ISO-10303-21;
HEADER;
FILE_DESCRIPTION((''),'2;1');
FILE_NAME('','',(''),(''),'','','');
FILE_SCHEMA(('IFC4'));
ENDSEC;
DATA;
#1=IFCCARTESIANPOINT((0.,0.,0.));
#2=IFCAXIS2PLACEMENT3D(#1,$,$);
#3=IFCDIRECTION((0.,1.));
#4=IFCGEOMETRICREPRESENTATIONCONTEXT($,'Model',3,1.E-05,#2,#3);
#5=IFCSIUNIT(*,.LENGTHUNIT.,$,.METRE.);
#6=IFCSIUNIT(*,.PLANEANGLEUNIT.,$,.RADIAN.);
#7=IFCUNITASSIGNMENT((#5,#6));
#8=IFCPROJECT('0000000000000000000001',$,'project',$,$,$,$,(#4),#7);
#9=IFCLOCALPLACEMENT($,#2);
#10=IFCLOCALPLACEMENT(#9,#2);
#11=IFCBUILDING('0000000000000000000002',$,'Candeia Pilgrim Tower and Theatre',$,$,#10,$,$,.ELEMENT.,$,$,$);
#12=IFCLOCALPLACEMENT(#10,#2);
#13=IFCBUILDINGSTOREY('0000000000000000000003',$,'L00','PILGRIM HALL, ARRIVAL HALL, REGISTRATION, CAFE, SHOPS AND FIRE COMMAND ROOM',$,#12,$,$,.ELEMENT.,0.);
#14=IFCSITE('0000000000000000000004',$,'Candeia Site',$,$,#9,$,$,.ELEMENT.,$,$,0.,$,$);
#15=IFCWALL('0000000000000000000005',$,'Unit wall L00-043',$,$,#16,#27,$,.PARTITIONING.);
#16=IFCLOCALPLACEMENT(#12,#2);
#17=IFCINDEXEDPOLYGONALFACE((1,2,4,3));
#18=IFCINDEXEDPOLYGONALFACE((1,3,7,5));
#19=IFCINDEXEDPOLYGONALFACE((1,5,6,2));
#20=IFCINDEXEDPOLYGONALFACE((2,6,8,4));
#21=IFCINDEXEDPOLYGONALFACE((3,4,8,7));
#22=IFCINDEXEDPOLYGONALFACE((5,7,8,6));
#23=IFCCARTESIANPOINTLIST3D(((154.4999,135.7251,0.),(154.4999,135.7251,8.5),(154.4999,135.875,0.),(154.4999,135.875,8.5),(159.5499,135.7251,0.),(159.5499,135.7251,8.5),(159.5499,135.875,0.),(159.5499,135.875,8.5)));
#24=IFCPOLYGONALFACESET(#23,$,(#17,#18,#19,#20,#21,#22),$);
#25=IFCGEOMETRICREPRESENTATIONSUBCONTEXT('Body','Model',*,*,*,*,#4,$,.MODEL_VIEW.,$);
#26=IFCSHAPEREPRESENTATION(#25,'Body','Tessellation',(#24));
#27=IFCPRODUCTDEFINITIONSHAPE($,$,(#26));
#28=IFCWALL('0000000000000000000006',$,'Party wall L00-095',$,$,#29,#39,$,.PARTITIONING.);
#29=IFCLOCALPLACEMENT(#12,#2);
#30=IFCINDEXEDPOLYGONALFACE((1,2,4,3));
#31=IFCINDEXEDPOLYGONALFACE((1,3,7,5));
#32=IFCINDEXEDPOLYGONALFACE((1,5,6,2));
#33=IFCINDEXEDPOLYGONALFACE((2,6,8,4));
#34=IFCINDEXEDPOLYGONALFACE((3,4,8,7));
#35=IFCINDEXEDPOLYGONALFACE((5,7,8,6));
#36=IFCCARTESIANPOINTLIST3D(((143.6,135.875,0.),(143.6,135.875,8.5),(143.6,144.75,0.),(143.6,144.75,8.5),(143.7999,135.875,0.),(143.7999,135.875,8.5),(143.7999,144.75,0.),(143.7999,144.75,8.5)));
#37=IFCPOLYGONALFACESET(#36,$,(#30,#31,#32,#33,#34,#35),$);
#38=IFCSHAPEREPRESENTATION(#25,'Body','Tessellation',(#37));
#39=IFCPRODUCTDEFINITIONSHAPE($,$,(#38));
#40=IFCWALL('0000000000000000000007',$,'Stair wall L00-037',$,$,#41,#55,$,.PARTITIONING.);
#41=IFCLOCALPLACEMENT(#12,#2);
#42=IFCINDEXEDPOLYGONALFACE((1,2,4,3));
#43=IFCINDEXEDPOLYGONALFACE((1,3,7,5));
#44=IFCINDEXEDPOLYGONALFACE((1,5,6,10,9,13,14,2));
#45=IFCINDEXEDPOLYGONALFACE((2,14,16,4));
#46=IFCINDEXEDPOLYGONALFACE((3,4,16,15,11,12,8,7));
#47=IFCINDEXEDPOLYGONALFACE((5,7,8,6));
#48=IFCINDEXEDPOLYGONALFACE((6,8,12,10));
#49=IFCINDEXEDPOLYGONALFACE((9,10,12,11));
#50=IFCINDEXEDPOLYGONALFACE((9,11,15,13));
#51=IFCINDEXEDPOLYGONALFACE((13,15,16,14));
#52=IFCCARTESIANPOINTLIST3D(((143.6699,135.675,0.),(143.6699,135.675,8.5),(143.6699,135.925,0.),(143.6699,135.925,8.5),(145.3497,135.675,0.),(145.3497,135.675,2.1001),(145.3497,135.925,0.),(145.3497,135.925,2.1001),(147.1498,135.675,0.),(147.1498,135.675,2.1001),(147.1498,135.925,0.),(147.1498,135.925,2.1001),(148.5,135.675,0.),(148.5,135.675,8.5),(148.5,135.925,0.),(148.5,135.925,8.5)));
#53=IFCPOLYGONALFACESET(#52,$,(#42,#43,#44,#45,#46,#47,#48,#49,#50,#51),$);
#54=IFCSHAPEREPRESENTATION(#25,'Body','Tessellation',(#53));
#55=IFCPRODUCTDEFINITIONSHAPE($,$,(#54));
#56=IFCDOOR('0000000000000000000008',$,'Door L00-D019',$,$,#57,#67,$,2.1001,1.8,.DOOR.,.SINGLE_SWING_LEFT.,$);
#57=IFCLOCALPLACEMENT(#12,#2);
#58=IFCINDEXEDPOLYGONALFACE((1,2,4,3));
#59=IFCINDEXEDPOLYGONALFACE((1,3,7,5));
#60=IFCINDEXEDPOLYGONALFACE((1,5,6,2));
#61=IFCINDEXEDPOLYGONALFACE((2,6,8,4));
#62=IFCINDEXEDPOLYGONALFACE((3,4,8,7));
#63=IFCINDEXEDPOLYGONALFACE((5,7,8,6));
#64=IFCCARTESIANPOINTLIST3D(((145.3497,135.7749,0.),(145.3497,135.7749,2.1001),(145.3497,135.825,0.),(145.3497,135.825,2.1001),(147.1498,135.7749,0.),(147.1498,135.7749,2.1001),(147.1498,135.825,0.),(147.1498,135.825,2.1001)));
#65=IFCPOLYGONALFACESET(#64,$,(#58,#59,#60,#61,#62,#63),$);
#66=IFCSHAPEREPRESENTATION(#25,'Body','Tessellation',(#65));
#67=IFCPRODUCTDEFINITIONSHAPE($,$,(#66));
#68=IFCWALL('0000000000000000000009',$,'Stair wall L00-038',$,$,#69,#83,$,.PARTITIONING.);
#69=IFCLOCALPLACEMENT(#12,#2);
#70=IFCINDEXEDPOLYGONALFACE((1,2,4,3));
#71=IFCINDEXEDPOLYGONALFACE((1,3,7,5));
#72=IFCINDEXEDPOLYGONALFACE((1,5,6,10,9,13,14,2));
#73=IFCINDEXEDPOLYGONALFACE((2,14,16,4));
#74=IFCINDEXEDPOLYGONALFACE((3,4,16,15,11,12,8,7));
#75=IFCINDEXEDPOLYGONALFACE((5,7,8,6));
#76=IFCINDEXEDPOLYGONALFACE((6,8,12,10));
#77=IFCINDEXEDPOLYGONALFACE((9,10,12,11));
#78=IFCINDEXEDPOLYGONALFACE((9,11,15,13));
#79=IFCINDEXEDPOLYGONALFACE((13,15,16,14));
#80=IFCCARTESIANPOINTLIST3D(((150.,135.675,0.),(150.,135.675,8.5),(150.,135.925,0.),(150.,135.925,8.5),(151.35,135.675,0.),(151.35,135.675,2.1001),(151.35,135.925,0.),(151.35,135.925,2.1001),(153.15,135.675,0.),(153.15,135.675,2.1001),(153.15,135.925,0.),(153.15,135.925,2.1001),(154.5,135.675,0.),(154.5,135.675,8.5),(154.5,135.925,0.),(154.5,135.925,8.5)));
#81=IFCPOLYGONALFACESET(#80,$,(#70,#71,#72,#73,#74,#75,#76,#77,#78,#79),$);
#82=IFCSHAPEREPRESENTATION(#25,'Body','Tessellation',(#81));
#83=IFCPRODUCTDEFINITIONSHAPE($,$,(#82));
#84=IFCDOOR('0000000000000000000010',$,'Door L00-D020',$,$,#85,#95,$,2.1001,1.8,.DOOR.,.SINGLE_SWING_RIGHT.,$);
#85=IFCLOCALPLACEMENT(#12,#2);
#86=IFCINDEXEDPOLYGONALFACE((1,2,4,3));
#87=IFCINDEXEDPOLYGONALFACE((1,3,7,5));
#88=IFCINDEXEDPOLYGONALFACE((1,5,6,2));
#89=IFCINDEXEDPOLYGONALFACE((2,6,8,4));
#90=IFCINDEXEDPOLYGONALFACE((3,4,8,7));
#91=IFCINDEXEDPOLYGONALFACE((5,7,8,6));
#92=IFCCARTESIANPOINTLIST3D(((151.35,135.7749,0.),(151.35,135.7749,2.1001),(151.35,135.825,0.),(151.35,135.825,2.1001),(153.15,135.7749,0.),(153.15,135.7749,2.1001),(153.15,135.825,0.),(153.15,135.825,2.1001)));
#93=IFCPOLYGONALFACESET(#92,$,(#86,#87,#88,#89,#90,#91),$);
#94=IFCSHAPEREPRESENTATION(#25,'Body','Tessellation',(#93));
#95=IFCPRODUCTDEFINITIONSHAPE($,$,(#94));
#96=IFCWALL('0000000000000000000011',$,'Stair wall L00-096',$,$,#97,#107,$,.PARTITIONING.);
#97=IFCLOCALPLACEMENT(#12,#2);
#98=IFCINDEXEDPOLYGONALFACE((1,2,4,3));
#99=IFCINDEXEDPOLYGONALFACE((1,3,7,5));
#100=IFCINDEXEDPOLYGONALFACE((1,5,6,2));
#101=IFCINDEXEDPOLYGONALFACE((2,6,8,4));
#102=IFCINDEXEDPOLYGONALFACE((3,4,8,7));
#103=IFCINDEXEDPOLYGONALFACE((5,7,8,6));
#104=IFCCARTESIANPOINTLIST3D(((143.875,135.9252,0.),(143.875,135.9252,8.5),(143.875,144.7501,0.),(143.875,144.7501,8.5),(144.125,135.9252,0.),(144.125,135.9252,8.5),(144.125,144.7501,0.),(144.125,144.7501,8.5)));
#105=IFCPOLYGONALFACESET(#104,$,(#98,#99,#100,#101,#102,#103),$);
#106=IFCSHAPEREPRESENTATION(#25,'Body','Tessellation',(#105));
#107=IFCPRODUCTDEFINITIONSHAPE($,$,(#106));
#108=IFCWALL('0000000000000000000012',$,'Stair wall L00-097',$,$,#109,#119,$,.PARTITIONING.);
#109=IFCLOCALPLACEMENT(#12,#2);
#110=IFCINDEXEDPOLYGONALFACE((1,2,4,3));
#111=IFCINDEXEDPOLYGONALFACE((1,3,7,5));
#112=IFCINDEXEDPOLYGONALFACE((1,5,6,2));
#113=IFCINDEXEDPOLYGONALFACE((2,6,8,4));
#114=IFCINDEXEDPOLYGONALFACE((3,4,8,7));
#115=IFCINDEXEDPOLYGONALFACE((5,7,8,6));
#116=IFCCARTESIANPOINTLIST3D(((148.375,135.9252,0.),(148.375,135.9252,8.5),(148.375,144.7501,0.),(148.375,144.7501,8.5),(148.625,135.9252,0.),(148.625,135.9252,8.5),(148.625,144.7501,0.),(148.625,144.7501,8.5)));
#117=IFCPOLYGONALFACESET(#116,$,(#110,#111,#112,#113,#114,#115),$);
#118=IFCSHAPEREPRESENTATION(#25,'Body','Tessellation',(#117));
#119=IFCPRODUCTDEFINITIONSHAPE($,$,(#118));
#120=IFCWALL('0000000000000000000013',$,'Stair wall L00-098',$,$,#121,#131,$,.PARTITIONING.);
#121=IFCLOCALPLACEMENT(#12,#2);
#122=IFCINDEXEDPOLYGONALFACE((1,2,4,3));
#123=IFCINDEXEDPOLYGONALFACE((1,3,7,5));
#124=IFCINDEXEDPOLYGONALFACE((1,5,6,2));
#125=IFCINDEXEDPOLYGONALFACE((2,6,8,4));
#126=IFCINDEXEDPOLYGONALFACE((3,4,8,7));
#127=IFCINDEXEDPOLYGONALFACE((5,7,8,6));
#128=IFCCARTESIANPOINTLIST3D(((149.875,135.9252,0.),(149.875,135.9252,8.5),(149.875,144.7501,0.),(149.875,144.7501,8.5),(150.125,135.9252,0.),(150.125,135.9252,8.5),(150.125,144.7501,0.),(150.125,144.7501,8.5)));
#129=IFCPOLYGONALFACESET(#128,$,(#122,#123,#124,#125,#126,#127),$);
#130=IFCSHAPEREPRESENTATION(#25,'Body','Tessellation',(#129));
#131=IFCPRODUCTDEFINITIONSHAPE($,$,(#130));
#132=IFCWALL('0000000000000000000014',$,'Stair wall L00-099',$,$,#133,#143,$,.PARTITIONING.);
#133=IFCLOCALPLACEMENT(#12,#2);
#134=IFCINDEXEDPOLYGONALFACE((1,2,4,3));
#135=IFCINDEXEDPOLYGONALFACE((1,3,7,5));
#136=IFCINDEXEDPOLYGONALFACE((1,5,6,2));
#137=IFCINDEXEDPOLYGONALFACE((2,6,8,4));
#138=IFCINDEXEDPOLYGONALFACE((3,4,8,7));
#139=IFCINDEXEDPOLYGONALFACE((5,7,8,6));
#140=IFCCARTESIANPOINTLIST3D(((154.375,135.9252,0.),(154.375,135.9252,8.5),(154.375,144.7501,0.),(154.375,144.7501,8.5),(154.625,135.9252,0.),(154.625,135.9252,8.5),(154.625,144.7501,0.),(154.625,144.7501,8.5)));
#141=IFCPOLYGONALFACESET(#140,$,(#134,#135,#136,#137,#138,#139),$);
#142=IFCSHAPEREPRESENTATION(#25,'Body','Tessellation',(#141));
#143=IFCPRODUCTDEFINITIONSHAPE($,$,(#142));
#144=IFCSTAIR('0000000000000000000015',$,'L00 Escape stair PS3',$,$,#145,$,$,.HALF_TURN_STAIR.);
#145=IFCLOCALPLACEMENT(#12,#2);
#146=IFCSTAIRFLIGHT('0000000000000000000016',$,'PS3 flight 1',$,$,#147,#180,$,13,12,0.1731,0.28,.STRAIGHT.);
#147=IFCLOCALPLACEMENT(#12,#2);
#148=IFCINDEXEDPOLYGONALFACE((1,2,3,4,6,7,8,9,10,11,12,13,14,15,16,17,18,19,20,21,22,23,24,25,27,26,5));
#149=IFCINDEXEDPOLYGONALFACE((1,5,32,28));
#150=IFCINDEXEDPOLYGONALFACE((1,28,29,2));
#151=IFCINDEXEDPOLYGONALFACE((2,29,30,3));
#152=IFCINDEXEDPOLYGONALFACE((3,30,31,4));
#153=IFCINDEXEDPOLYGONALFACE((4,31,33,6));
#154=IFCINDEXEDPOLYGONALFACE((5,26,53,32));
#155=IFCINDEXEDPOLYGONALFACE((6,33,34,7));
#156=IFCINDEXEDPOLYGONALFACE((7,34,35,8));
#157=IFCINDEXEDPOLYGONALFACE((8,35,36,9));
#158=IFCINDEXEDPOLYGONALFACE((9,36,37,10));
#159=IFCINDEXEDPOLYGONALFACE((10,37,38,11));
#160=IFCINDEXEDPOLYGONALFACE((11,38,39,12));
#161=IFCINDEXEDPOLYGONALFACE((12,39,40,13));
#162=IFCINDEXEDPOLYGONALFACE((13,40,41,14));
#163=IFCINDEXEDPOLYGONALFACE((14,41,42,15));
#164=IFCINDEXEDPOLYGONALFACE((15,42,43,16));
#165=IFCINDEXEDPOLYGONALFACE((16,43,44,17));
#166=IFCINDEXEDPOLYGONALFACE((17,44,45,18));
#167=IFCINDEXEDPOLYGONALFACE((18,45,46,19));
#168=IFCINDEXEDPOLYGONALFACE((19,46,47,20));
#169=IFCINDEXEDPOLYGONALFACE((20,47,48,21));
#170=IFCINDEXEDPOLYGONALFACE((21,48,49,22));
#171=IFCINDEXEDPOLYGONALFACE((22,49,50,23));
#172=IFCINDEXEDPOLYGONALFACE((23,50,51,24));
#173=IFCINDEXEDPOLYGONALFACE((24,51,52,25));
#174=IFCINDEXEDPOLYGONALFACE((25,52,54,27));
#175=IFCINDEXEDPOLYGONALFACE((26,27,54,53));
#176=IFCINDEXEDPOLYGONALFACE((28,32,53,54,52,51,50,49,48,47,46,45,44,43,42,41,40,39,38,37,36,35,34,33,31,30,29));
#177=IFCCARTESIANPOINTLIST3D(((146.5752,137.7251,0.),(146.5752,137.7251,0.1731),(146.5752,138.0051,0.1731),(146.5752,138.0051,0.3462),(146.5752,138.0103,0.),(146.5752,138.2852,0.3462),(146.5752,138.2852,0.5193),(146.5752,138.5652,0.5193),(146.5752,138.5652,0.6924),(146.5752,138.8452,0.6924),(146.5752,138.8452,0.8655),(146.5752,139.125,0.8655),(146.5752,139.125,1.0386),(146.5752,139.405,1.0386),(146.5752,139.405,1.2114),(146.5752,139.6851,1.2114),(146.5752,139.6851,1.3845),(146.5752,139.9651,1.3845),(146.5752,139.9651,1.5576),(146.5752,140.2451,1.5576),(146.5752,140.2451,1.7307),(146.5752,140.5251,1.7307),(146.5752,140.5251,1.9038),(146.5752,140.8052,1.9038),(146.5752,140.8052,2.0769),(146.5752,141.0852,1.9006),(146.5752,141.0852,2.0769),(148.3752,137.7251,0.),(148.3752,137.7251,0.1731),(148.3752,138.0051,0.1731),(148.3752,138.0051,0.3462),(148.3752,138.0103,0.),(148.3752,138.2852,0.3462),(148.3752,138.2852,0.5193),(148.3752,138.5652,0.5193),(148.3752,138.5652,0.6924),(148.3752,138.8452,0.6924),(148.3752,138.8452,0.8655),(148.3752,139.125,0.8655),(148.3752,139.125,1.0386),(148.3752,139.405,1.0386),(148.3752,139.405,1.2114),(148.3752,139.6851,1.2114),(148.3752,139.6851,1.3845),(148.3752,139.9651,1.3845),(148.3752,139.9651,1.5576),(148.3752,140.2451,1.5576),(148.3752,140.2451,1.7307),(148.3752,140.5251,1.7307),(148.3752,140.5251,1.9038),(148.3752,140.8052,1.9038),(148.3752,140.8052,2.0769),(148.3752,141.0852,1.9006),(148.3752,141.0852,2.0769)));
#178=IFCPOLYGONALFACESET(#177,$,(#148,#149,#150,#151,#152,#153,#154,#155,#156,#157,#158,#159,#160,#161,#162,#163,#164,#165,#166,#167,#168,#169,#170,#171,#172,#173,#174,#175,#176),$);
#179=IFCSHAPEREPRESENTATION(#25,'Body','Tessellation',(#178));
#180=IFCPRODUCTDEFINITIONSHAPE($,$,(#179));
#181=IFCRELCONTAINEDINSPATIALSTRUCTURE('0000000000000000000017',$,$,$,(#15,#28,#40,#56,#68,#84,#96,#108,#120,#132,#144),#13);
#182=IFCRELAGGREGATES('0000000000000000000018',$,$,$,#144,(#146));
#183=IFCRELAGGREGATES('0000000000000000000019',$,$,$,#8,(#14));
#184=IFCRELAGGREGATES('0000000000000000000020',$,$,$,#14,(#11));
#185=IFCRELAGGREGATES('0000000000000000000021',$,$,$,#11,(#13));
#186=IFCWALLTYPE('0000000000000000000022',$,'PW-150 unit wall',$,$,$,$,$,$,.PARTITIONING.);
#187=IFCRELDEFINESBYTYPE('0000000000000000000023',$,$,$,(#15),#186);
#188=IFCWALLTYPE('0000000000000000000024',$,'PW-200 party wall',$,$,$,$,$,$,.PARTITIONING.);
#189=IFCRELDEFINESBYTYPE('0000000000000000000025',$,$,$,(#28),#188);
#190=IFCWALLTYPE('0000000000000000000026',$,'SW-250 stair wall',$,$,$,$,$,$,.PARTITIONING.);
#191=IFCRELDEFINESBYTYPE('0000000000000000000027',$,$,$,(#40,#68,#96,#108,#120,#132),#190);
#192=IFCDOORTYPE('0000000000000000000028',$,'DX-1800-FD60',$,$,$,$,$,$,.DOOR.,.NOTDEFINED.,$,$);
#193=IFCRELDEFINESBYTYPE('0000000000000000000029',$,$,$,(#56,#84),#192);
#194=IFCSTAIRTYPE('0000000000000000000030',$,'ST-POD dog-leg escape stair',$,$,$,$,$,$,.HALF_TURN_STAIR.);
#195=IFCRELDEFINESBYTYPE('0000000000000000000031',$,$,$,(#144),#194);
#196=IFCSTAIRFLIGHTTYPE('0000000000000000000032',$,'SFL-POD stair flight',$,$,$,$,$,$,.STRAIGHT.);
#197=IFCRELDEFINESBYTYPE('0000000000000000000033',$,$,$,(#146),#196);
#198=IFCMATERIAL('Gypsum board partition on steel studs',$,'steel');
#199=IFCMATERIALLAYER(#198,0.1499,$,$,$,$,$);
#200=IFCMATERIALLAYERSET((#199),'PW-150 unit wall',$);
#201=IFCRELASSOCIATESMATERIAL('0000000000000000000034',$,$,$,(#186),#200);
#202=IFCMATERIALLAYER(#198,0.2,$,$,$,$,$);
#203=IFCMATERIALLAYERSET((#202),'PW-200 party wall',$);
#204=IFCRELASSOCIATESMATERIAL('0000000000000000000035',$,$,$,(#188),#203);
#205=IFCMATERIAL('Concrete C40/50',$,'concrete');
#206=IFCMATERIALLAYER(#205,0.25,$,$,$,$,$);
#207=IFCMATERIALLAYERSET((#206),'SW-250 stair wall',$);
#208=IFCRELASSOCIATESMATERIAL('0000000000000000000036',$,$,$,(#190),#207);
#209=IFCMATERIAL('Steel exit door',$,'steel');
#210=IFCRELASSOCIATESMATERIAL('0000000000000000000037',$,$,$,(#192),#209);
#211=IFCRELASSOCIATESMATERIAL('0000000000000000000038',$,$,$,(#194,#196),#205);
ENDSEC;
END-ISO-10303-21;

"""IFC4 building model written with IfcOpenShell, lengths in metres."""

from ifc_helpers import new_model, si_unit, direction, frame, frame_2d, origin, place, context, subcontext, project, spatial, polyline, rectangle, outline, extrude, material, layer, layer_set, type_object, element, fill, aggregate, save


model = new_model("IFC4")

# Units and contexts
model_context = context("Model", 3, precision=1e-05, world=origin(), true_north=direction((0.0, 1.0)))
body_context = subcontext(model_context, "Body", "Model", "MODEL_VIEW")
ifc_project = project(units=[si_unit("LENGTHUNIT", "METRE"), si_unit("PLANEANGLEUNIT", "RADIAN")], contexts=[model_context])

# Site, building, storey
site_placement = place(None, origin())
site = spatial("IfcSite", under=ifc_project, at=site_placement, Name="Candeia Site", CompositionType="ELEMENT", RefElevation=0.0)
building_placement = place(site_placement, origin())
building = spatial("IfcBuilding", under=site, at=building_placement, Name="Candeia Pilgrim Tower and Theatre", CompositionType="ELEMENT")
storey_placement = place(building_placement, origin())
storey = spatial("IfcBuildingStorey", under=building, at=storey_placement, Name="L00", Description="PILGRIM HALL, ARRIVAL HALL, REGISTRATION, CAFE, SHOPS AND FIRE COMMAND ROOM", CompositionType="ELEMENT", Elevation=0.0)

# Shared definitions
ifc_material_1 = material(Name="Concrete C40/50", Category="concrete")

# Shared definitions
ifc_material_2 = material(Name="Gypsum board partition on steel studs", Category="steel")
ifc_layer_1 = layer(ifc_material_2, 0.1499)
ifc_layer_set_1 = layer_set([ifc_layer_1], Name="PW-150 unit wall")
wall_type_1 = type_object("IfcWallType", Name="PW-150 unit wall", PredefinedType="PARTITIONING", material=ifc_layer_set_1)

# Walls
wall_1_placement = place(storey_placement, frame((154.5, 135.8, 0.0), z_axis=(0.0, 0.0, 1.0), x_axis=(1.0, 0.0, 0.0)))
element("IfcWall", 1, at=wall_1_placement, inside=storey, type_object=wall_type_1, Name="Unit wall L00-043", PredefinedType="PARTITIONING", context=body_context, shape_type="SweptSolid", body=[
    extrude(rectangle(XDim=5.05, YDim=0.1499, at=frame_2d((2.5249, 0.0))), origin(), (0.0, 0.0, 1.0), 8.5),
])
ifc_layer_2 = layer(ifc_material_2, 0.2)
ifc_layer_set_2 = layer_set([ifc_layer_2], Name="PW-200 party wall")
wall_type_2 = type_object("IfcWallType", Name="PW-200 party wall", PredefinedType="PARTITIONING", material=ifc_layer_set_2)
wall_2_placement = place(storey_placement, frame((143.7, 135.875, 0.0), z_axis=(0.0, 0.0, 1.0), x_axis=(0.0, 1.0, 0.0)))
element("IfcWall", 2, at=wall_2_placement, inside=storey, type_object=wall_type_2, Name="Party wall L00-095", PredefinedType="PARTITIONING", context=body_context, shape_type="SweptSolid", body=[
    extrude(rectangle(XDim=8.875, YDim=0.2, at=frame_2d((4.4375, 0.0))), origin(), (0.0, 0.0, 1.0), 8.5),
])

# Walls, openings, doors
ifc_layer_3 = layer(ifc_material_1, 0.25)
ifc_layer_set_3 = layer_set([ifc_layer_3], Name="SW-250 stair wall")
wall_type_3 = type_object("IfcWallType", Name="SW-250 stair wall", PredefinedType="PARTITIONING", material=ifc_layer_set_3)
wall_3_placement = place(storey_placement, frame((143.6699, 135.8, 0.0), z_axis=(0.0, 0.0, 1.0), x_axis=(1.0, 0.0, 0.0)))
wall_3 = element("IfcWall", 3, at=wall_3_placement, inside=storey, type_object=wall_type_3, Name="Stair wall L00-037", PredefinedType="PARTITIONING", context=body_context, shape_type="SweptSolid", body=[
    extrude(rectangle(XDim=4.8301, YDim=0.25, at=frame_2d((2.415, 0.0))), origin(), (0.0, 0.0, 1.0), 8.5),
])
opening_1_placement = place(wall_3_placement, frame((1.6799, 0.0, 0.0)))
opening_1 = element("IfcOpeningElement", 4, at=opening_1_placement, cuts=wall_3, PredefinedType="OPENING", context=body_context, shape_type="SweptSolid", body=[
    extrude(rectangle(XDim=1.8, YDim=2.1001, at=frame_2d((0.8999, 1.05))), frame((0.0, 0.135, 0.0), z_axis=(0.0, -1.0, 0.0), x_axis=(1.0, 0.0, 0.0)), (0.0, 0.0, 1.0), 0.27),
])
ifc_material_3 = material(Name="Steel exit door", Category="steel")
door_type_1 = type_object("IfcDoorType", Name="DX-1800-FD60", OperationType="NOTDEFINED", PredefinedType="DOOR", material=ifc_material_3)
door_1_placement = place(opening_1_placement, origin())
door_1 = element("IfcDoor", 5, at=door_1_placement, inside=storey, type_object=door_type_1, Name="Door L00-D019", OperationType="SINGLE_SWING_LEFT", OverallHeight=2.1001, OverallWidth=1.8, PredefinedType="DOOR", context=body_context, shape_type="SweptSolid", body=[
    extrude(rectangle(XDim=1.8, YDim=2.1001, at=frame_2d((0.8999, 1.05))), frame((0.0, 0.0249, 0.0), z_axis=(0.0, -1.0, 0.0), x_axis=(1.0, 0.0, 0.0)), (0.0, 0.0, 1.0), 0.05),
])
fill(opening_1, door_1)
wall_4_placement = place(storey_placement, frame((150.0, 135.8, 0.0), z_axis=(0.0, 0.0, 1.0), x_axis=(1.0, 0.0, 0.0)))
wall_4 = element("IfcWall", 6, at=wall_4_placement, inside=storey, type_object=wall_type_3, Name="Stair wall L00-038", PredefinedType="PARTITIONING", context=body_context, shape_type="SweptSolid", body=[
    extrude(rectangle(XDim=4.5, YDim=0.25, at=frame_2d((2.25, 0.0))), origin(), (0.0, 0.0, 1.0), 8.5),
])
opening_2_placement = place(wall_4_placement, frame((1.3501, 0.0, 0.0)))
opening_2 = element("IfcOpeningElement", 7, at=opening_2_placement, cuts=wall_4, PredefinedType="OPENING", context=body_context, shape_type="SweptSolid", body=[
    extrude(rectangle(XDim=1.8, YDim=2.1001, at=frame_2d((0.8999, 1.05))), frame((0.0, 0.135, 0.0), z_axis=(0.0, -1.0, 0.0), x_axis=(1.0, 0.0, 0.0)), (0.0, 0.0, 1.0), 0.27),
])
door_2_placement = place(opening_2_placement, origin())
door_2 = element("IfcDoor", 8, at=door_2_placement, inside=storey, type_object=door_type_1, Name="Door L00-D020", OperationType="SINGLE_SWING_RIGHT", OverallHeight=2.1001, OverallWidth=1.8, PredefinedType="DOOR", context=body_context, shape_type="SweptSolid", body=[
    extrude(rectangle(XDim=1.8, YDim=2.1001, at=frame_2d((0.8999, 1.05))), frame((0.0, 0.0249, 0.0), z_axis=(0.0, -1.0, 0.0), x_axis=(1.0, 0.0, 0.0)), (0.0, 0.0, 1.0), 0.05),
])
fill(opening_2, door_2)

# Walls
for number, where, z_axis, x_axis, name in (
    (9, (144.0, 135.925, 0.0), (0.0, 0.0, 1.0), (0.0, 1.0, 0.0), "Stair wall L00-096"),
    (10, (148.5, 135.925, 0.0), (0.0, 0.0, 1.0), (0.0, 1.0, 0.0), "Stair wall L00-097"),
    (11, (150.0, 135.925, 0.0), (0.0, 0.0, 1.0), (0.0, 1.0, 0.0), "Stair wall L00-098"),
    (12, (154.5, 135.925, 0.0), (0.0, 0.0, 1.0), (0.0, 1.0, 0.0), "Stair wall L00-099"),
):
    element("IfcWall", number, at=place(storey_placement, frame(where, z_axis=z_axis, x_axis=x_axis)), inside=storey, type_object=wall_type_3, Name=name, PredefinedType="PARTITIONING", context=body_context, shape_type="SweptSolid", body=[
        extrude(rectangle(XDim=8.825, YDim=0.25, at=frame_2d((4.4126, 0.0))), origin(), (0.0, 0.0, 1.0), 8.5),
    ])

# Stair, stair flight
stair_type = type_object("IfcStairType", Name="ST-POD dog-leg escape stair", PredefinedType="HALF_TURN_STAIR", material=ifc_material_1)
stair_placement = place(storey_placement, origin())
stair = element("IfcStair", 13, at=stair_placement, inside=storey, type_object=stair_type, Name="L00 Escape stair PS3", PredefinedType="HALF_TURN_STAIR")
stair_flight_type = type_object("IfcStairFlightType", Name="SFL-POD stair flight", PredefinedType="STRAIGHT", material=ifc_material_1)
stair_flight_1_placement = place(storey_placement, frame((147.4751, 137.7251, 0.0), z_axis=(0.0, 0.0, 1.0), x_axis=(0.0, 1.0, 0.0)))
stair_flight_1 = element("IfcStairFlight", 14, at=stair_flight_1_placement, type_object=stair_flight_type, Name="PS3 flight 1", NumberOfRisers=13, NumberOfTreads=12, PredefinedType="STRAIGHT", RiserHeight=0.1731, TreadLength=0.28, context=body_context, shape_type="SweptSolid", body=[
    extrude(outline(polyline([(0.0, 0.0), (0.0, 0.1731), (0.28, 0.1731), (0.28, 0.3462), (0.5601, 0.3462), (0.5601, 0.5193), (0.8401, 0.5193), (0.8401, 0.6924), (1.1201, 0.6924), (1.1201, 0.8655), (1.3999, 0.8655), (1.3999, 1.0386), (1.6799, 1.0386), (1.6799, 1.2114), (1.96, 1.2114), (1.96, 1.3845), (2.24, 1.3845), (2.24, 1.5576), (2.52, 1.5576), (2.52, 1.7307), (2.8, 1.7307), (2.8, 1.9038), (3.0801, 1.9038), (3.0801, 2.0769), (3.3601, 2.0769), (3.3601, 2.25), (3.3601, 1.9006), (0.2852, 0.0), (0.0, 0.0)])), frame((0.0, 0.8999, 0.0), z_axis=(0.0, -1.0, 0.0), x_axis=(1.0, 0.0, 0.0)), (0.0, 0.0, 1.0), 1.8),
])
aggregate(stair, [stair_flight_1])

save(model, "model.ifc")
